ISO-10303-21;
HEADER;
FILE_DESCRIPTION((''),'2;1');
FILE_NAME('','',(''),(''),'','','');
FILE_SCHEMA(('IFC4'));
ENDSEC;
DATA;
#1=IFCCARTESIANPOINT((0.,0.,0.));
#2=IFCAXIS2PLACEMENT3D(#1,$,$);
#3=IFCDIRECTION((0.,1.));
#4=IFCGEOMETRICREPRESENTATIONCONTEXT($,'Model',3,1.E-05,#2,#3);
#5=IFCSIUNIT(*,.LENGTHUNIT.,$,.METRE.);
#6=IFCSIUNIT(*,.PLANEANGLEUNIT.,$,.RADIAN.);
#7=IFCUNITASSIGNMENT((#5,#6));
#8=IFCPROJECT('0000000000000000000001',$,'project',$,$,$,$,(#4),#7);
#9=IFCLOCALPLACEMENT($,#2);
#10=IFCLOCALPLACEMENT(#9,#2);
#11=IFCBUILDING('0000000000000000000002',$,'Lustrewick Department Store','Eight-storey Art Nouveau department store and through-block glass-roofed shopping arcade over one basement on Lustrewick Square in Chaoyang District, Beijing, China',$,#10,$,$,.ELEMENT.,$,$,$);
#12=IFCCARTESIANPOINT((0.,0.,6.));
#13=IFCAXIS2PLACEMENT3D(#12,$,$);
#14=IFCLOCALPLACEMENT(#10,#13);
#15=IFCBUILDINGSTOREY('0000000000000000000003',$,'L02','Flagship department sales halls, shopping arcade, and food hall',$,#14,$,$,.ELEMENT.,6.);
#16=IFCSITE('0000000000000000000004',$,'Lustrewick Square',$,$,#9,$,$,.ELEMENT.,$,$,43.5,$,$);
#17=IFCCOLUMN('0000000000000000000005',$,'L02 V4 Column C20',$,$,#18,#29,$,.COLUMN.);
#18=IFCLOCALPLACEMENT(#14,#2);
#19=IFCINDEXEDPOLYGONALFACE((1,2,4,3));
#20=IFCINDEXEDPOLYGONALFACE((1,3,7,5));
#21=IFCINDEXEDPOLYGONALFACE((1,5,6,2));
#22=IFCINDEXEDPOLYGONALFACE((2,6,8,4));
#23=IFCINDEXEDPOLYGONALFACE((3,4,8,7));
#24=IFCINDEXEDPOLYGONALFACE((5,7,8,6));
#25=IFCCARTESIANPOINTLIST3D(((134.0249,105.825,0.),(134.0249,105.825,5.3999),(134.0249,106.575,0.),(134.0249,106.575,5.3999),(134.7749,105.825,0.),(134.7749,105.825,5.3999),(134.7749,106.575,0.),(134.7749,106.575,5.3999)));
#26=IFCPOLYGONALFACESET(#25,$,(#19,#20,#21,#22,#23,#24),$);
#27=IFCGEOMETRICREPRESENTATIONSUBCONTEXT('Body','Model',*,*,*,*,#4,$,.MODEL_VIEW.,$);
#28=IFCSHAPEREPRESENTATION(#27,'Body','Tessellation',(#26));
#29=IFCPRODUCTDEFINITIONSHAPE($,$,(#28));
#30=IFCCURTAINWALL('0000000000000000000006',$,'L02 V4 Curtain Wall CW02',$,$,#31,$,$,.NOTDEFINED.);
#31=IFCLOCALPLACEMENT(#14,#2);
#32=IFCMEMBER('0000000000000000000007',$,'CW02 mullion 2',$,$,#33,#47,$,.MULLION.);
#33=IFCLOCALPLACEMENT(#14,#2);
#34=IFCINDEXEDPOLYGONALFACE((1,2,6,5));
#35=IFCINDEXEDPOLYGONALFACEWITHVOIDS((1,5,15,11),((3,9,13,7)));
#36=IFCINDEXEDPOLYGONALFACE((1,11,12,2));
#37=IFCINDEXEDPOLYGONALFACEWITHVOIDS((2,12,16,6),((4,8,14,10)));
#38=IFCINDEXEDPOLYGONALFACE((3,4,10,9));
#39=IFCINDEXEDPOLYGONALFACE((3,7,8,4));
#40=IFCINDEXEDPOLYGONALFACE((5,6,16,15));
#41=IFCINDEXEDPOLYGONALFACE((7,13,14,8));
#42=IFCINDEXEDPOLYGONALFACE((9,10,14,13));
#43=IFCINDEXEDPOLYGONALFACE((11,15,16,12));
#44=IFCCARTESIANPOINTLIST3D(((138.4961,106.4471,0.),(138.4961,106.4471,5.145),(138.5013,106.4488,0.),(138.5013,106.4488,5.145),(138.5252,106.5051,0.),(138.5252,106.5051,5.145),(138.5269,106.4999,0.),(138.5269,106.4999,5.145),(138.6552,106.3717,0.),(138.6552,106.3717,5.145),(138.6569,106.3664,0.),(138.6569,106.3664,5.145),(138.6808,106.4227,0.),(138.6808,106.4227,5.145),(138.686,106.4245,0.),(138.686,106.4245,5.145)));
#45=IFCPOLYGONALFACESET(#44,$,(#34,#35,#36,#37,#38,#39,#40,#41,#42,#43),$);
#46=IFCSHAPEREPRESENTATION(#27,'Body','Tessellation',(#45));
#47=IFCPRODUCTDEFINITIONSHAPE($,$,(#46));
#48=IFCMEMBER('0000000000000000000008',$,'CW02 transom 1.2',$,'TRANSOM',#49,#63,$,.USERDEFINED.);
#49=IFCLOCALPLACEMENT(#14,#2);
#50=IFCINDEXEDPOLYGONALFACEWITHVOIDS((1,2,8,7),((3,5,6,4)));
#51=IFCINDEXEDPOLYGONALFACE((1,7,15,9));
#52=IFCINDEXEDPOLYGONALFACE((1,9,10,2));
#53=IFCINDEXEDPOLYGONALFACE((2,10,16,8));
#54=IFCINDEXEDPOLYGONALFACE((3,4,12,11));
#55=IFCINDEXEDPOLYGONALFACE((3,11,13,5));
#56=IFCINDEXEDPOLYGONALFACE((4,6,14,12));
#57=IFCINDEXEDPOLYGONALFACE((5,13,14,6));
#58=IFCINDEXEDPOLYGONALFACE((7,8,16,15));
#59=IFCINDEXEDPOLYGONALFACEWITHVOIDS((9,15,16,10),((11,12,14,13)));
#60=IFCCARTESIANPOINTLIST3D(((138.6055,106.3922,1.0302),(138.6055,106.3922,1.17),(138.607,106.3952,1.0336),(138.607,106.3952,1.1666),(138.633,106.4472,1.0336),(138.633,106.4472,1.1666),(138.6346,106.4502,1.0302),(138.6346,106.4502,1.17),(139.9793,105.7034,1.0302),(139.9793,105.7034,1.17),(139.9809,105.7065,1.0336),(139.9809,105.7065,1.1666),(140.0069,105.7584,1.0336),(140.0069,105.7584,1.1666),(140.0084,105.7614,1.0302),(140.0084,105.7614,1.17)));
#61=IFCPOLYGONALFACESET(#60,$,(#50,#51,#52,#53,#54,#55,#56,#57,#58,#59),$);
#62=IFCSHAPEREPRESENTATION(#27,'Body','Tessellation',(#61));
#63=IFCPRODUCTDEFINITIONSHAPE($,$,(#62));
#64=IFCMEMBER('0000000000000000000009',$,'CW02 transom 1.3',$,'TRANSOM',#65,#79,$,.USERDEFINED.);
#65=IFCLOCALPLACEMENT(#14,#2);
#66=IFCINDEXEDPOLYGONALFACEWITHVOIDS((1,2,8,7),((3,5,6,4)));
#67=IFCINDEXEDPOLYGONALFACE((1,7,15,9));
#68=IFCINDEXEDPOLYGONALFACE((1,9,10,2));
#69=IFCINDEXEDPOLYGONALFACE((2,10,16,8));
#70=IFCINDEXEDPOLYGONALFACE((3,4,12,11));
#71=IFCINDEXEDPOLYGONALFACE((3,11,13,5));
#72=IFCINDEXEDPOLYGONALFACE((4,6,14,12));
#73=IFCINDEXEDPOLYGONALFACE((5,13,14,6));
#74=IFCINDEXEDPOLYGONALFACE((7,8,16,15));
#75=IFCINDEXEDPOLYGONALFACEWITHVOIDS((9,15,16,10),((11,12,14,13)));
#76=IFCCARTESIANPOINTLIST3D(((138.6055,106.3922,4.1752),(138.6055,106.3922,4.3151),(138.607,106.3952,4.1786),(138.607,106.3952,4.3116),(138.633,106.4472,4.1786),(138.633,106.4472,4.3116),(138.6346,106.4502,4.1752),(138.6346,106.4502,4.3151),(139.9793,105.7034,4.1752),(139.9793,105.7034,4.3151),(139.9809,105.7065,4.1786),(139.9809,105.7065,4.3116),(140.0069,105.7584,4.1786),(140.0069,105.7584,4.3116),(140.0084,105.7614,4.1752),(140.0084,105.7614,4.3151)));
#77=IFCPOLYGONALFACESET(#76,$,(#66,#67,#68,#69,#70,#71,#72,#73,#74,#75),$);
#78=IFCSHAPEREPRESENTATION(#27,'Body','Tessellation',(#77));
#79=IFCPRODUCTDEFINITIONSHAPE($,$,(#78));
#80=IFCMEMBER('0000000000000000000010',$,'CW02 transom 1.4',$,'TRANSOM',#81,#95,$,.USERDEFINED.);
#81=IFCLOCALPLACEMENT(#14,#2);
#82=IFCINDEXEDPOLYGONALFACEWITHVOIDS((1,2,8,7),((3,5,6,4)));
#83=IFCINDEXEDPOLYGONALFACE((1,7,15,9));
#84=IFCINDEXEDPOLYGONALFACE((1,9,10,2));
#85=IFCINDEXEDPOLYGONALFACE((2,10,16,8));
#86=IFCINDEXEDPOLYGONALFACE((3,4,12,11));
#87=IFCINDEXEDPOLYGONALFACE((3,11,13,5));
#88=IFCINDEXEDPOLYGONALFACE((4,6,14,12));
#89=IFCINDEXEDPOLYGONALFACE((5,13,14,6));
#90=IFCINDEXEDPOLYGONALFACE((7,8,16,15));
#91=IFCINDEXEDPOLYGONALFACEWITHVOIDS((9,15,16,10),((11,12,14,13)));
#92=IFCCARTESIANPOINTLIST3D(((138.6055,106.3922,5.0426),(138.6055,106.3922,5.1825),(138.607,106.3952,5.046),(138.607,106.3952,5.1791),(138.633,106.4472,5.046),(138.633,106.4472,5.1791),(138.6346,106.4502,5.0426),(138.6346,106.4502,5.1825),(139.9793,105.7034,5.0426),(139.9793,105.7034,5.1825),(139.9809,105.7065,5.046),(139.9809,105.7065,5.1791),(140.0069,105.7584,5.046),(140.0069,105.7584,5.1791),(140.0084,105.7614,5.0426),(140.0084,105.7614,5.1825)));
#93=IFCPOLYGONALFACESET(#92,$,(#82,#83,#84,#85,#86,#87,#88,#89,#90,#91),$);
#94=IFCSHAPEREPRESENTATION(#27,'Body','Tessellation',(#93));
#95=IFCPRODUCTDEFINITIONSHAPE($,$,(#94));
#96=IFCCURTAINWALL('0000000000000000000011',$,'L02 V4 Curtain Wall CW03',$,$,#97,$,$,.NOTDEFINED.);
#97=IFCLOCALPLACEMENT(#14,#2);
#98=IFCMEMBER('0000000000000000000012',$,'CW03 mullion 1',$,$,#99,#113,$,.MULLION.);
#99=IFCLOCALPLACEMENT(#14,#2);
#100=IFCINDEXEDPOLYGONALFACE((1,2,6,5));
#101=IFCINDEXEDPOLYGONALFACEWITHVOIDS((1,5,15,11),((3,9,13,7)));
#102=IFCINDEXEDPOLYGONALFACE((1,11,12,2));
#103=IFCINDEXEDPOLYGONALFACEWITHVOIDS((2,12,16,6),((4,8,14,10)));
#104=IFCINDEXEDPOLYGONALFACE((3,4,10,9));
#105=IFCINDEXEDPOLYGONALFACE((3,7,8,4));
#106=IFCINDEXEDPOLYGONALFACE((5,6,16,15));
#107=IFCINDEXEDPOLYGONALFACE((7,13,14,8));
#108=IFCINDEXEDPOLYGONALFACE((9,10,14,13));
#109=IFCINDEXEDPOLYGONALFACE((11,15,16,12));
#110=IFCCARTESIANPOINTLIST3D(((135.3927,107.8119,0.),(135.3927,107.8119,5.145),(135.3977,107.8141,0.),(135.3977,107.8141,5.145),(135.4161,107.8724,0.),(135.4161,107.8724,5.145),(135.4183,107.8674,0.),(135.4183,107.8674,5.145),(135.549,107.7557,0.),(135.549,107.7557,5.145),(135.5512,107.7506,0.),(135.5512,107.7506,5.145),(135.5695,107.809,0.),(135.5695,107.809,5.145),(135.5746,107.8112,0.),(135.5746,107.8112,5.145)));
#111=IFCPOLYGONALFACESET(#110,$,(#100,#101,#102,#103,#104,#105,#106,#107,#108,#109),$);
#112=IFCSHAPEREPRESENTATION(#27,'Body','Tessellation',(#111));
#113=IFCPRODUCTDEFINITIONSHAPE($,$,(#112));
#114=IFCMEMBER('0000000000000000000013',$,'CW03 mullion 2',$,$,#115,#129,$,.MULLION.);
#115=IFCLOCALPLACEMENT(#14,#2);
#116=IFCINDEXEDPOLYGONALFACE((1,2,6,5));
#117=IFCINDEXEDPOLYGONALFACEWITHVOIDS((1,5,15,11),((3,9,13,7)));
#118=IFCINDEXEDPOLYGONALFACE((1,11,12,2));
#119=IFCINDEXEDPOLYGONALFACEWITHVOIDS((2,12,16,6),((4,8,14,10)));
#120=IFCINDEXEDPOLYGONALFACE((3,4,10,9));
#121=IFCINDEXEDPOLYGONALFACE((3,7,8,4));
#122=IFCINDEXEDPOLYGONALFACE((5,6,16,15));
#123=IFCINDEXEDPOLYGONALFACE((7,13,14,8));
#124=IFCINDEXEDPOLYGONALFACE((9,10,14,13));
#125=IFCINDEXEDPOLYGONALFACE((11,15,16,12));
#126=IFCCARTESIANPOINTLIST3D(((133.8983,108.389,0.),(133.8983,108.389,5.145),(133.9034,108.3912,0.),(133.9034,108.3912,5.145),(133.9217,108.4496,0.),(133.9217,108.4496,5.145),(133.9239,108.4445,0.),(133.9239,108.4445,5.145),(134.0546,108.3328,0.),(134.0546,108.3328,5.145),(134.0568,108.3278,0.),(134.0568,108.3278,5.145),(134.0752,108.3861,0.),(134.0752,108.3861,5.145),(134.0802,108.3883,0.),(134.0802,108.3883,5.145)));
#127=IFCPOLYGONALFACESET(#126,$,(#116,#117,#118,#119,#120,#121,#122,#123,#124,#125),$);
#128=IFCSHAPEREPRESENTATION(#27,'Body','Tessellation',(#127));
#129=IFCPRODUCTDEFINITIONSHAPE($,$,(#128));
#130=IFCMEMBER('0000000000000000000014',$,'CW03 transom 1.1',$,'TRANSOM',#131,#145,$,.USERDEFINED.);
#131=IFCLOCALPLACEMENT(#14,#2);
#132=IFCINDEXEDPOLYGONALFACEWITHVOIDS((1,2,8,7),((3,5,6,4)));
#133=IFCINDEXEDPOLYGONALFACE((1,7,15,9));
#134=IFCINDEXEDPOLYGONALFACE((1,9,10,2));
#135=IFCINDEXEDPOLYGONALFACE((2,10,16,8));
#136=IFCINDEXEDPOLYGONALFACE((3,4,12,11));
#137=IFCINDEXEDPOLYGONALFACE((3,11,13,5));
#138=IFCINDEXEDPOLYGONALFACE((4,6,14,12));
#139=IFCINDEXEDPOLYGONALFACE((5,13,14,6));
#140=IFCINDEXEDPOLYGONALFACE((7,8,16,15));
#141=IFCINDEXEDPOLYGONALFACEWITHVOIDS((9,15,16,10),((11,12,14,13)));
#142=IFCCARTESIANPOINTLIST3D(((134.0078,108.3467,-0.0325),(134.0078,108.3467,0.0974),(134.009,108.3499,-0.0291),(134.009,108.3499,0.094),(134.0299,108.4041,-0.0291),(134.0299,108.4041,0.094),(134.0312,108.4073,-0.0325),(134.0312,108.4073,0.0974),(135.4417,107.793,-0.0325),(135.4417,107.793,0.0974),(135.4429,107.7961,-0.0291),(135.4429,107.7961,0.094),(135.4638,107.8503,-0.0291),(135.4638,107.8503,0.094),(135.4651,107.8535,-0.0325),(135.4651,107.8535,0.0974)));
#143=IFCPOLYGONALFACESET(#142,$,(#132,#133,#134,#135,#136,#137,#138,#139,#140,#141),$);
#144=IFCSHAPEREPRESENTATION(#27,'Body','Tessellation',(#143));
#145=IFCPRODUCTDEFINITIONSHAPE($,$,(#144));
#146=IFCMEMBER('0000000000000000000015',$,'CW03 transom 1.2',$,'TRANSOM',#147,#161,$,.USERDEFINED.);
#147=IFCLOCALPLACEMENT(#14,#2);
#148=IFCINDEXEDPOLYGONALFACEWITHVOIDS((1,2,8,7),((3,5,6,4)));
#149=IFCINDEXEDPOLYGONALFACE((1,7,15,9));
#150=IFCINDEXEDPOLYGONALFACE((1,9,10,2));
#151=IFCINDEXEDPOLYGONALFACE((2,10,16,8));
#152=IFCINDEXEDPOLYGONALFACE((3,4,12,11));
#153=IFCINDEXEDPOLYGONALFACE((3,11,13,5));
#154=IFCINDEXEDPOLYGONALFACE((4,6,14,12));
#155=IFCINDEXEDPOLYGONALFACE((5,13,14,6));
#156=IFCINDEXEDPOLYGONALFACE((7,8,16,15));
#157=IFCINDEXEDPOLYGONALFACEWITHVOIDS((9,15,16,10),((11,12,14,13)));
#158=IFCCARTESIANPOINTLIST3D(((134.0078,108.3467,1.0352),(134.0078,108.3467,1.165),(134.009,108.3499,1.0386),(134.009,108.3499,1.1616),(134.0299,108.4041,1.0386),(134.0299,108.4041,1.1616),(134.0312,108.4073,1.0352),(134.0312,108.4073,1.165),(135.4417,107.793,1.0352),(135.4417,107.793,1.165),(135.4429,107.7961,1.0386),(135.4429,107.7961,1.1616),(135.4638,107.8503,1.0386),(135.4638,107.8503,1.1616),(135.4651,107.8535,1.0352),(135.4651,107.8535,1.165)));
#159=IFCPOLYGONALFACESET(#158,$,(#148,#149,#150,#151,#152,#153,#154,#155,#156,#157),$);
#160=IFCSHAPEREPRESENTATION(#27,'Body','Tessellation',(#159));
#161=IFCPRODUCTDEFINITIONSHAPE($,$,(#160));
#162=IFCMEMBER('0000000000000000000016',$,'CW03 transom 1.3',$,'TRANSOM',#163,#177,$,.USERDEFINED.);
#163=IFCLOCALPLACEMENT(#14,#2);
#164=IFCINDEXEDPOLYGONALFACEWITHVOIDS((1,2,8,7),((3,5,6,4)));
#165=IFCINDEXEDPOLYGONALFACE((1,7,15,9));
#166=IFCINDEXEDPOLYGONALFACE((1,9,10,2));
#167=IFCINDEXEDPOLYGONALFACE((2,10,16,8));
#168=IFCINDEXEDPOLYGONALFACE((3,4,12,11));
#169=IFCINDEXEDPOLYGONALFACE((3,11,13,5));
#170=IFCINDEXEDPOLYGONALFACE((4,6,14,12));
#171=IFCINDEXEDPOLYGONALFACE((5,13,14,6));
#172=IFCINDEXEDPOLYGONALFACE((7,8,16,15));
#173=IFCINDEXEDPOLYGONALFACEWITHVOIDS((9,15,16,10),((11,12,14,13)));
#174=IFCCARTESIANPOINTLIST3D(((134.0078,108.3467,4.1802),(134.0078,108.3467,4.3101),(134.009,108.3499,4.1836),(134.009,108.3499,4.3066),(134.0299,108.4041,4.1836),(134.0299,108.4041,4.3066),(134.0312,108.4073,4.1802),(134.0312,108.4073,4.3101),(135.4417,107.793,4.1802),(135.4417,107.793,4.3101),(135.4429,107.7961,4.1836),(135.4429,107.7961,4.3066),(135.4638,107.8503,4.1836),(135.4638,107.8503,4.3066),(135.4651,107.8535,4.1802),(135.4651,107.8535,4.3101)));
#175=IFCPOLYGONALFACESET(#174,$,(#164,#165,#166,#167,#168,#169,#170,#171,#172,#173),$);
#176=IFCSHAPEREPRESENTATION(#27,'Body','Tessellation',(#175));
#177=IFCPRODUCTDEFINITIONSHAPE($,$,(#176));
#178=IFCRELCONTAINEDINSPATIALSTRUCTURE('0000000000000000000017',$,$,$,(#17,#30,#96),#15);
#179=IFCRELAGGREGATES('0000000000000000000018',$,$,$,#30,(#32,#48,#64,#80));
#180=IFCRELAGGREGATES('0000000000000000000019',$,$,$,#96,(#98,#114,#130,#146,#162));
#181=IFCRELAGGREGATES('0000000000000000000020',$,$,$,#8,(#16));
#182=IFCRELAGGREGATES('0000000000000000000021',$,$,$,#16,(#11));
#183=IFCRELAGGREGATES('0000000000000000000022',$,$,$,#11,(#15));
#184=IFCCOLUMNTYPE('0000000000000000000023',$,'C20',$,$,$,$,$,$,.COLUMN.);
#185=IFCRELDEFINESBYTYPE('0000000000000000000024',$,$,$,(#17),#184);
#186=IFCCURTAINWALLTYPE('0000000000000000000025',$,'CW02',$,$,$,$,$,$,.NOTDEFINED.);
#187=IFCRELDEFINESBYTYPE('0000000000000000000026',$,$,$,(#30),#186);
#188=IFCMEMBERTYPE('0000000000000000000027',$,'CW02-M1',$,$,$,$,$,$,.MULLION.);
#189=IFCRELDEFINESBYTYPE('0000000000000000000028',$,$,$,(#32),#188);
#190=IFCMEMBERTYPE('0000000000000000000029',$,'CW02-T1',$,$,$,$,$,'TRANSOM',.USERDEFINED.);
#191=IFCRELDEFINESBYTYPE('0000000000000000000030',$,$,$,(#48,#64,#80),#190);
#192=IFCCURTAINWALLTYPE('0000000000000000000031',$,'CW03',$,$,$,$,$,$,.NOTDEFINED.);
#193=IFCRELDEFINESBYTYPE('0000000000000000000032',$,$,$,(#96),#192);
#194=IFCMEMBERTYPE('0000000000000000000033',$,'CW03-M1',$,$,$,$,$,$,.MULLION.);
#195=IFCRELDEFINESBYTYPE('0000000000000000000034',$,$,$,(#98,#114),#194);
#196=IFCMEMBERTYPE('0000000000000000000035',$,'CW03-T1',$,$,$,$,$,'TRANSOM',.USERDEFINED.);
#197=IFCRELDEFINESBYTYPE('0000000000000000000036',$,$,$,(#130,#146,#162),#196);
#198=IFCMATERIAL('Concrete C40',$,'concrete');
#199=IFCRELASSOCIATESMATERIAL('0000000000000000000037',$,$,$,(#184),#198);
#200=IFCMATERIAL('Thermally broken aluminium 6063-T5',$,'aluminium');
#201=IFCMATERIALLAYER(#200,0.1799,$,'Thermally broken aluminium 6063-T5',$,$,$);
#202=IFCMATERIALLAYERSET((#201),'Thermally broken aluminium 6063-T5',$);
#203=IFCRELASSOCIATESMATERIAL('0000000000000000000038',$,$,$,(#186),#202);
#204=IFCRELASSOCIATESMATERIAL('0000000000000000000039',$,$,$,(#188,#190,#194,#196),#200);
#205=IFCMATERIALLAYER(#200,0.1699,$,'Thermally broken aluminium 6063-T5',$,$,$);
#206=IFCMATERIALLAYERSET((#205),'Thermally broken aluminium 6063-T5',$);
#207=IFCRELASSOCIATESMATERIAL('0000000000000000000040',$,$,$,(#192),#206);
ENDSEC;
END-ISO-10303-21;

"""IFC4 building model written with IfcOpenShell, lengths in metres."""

from ifc_helpers import new_model, si_unit, direction, frame, origin, origin_2d, place, context, subcontext, project, spatial, rectangle, hollow_rectangle, extrude, material, layer, layer_set, material_profile, profile_set, type_object, element, aggregate, save


model = new_model("IFC4")

# Units and contexts
model_context = context("Model", 3, precision=1e-05, world=origin(), true_north=direction((0.0, 1.0)))
body_context = subcontext(model_context, "Body", "Model", "MODEL_VIEW")
ifc_project = project(units=[si_unit("LENGTHUNIT", "METRE"), si_unit("PLANEANGLEUNIT", "RADIAN")], contexts=[model_context])

# Site, building, storey
site_placement = place(None, origin())
site = spatial("IfcSite", under=ifc_project, at=site_placement, Name="Lustrewick Square", CompositionType="ELEMENT", RefElevation=43.5)
building_placement = place(site_placement, origin())
building = spatial("IfcBuilding", under=site, at=building_placement, Name="Lustrewick Department Store", Description="Eight-storey Art Nouveau department store and through-block glass-roofed shopping arcade over one basement on Lustrewick Square in Chaoyang District, Beijing, China", CompositionType="ELEMENT")
storey_placement = place(building_placement, frame((0.0, 0.0, 6.0)))
storey = spatial("IfcBuildingStorey", under=building, at=storey_placement, Name="L02", Description="Flagship department sales halls, shopping arcade, and food hall", CompositionType="ELEMENT", Elevation=6.0)

# Column
ifc_material_1 = material(Name="Concrete C40", Category="concrete")
ifc_material_profile_1 = material_profile(ifc_material_1, rectangle(XDim=0.75, YDim=0.75, at=origin_2d()), Name="RC 750x750")
ifc_profile_set_1 = profile_set([ifc_material_profile_1], Name="Concrete C40")
column_type = type_object("IfcColumnType", Name="C20", PredefinedType="COLUMN", material=ifc_profile_set_1)
column_placement = place(storey_placement, frame((134.3999, 106.2, 0.0), z_axis=(0.0, 0.0, 1.0), x_axis=(1.0, 0.0, 0.0)))
element("IfcColumn", 1, at=column_placement, inside=storey, type_object=column_type, Name="L02 V4 Column C20", PredefinedType="COLUMN", context=body_context, shape_type="SweptSolid", body=[
    extrude(rectangle(XDim=0.75, YDim=0.75, at=origin_2d()), origin(), (0.0, 0.0, 1.0), 5.3999),
])

# Curtain walls, members
ifc_material_2 = material(Name="Thermally broken aluminium 6063-T5", Category="aluminium")
ifc_layer_1 = layer(ifc_material_2, 0.1799, Name="Thermally broken aluminium 6063-T5")
ifc_layer_set_1 = layer_set([ifc_layer_1], Name="Thermally broken aluminium 6063-T5")
curtain_wall_type_1 = type_object("IfcCurtainWallType", Name="CW02", PredefinedType="NOTDEFINED", material=ifc_layer_set_1)
curtain_wall_1_placement = place(storey_placement, origin())
curtain_wall_1 = element("IfcCurtainWall", 2, at=curtain_wall_1_placement, inside=storey, type_object=curtain_wall_type_1, Name="L02 V4 Curtain Wall CW02", PredefinedType="NOTDEFINED")
ifc_material_profile_2 = material_profile(ifc_material_2, hollow_rectangle(XDim=0.0649, YDim=0.1799, WallThickness=0.0039, at=origin_2d()), Name="ALU-M 65x180x4")
ifc_profile_set_2 = profile_set([ifc_material_profile_2], Name="Thermally broken aluminium 6063-T5")
member_type_1 = type_object("IfcMemberType", Name="CW02-M1", PredefinedType="MULLION", material=ifc_profile_set_2)
member_1_placement = place(storey_placement, frame((138.5911, 106.4358, 0.0), z_axis=(0.0, 0.0, 1.0), x_axis=(-0.448269, -0.893899, 0.0)))
member_1 = element("IfcMember", 3, at=member_1_placement, type_object=member_type_1, Name="CW02 mullion 2", PredefinedType="MULLION", context=body_context, shape_type="SweptSolid", body=[
    extrude(hollow_rectangle(XDim=0.0649, YDim=0.1799, WallThickness=0.0039, at=origin_2d()), origin(), (0.0, 0.0, 1.0), 5.145),
])
ifc_material_profile_3 = material_profile(ifc_material_2, hollow_rectangle(XDim=0.0649, YDim=0.1399, WallThickness=0.0034, at=origin_2d()), Name="ALU-T 65x140x3.5")
ifc_profile_set_3 = profile_set([ifc_material_profile_3], Name="Thermally broken aluminium 6063-T5")
member_type_2 = type_object("IfcMemberType", Name="CW02-T1", ElementType="TRANSOM", PredefinedType="USERDEFINED", material=ifc_profile_set_3)
member_2_placement = place(storey_placement, frame((139.9939, 105.7324, 1.1001), z_axis=(-0.89395, 0.448167, 0.0), x_axis=(-0.448167, -0.89395, 0.0)))
member_2 = element("IfcMember", 4, at=member_2_placement, type_object=member_type_2, Name="CW02 transom 1.2", ObjectType="TRANSOM", PredefinedType="USERDEFINED", context=body_context, shape_type="SweptSolid", body=[
    extrude(hollow_rectangle(XDim=0.0649, YDim=0.1399, WallThickness=0.0034, at=origin_2d()), origin(), (0.0, 0.0, 1.0), 1.5369),
])
member_3_placement = place(storey_placement, frame((139.9939, 105.7324, 4.2451), z_axis=(-0.89395, 0.448167, 0.0), x_axis=(-0.448167, -0.89395, 0.0)))
member_3 = element("IfcMember", 5, at=member_3_placement, type_object=member_type_2, Name="CW02 transom 1.3", ObjectType="TRANSOM", PredefinedType="USERDEFINED", context=body_context, shape_type="SweptSolid", body=[
    extrude(hollow_rectangle(XDim=0.0649, YDim=0.1399, WallThickness=0.0034, at=origin_2d()), origin(), (0.0, 0.0, 1.0), 1.5369),
])
member_4_placement = place(storey_placement, frame((139.9939, 105.7324, 5.1125), z_axis=(-0.89395, 0.448167, 0.0), x_axis=(-0.448167, -0.89395, 0.0)))
member_4 = element("IfcMember", 6, at=member_4_placement, type_object=member_type_2, Name="CW02 transom 1.4", ObjectType="TRANSOM", PredefinedType="USERDEFINED", context=body_context, shape_type="SweptSolid", body=[
    extrude(hollow_rectangle(XDim=0.0649, YDim=0.1399, WallThickness=0.0034, at=origin_2d()), origin(), (0.0, 0.0, 1.0), 1.5369),
])
ifc_layer_2 = layer(ifc_material_2, 0.1699, Name="Thermally broken aluminium 6063-T5")
ifc_layer_set_2 = layer_set([ifc_layer_2], Name="Thermally broken aluminium 6063-T5")
curtain_wall_type_2 = type_object("IfcCurtainWallType", Name="CW03", PredefinedType="NOTDEFINED", material=ifc_layer_set_2)
curtain_wall_2_placement = place(storey_placement, origin())
curtain_wall_2 = element("IfcCurtainWall", 7, at=curtain_wall_2_placement, inside=storey, type_object=curtain_wall_type_2, Name="L02 V4 Curtain Wall CW03", PredefinedType="NOTDEFINED")
ifc_material_profile_4 = material_profile(ifc_material_2, hollow_rectangle(XDim=0.0649, YDim=0.1699, WallThickness=0.0039, at=origin_2d()), Name="ALU-M 65x170x4")
ifc_profile_set_4 = profile_set([ifc_material_profile_4], Name="Thermally broken aluminium 6063-T5")
member_type_3 = type_object("IfcMemberType", Name="CW03-M1", PredefinedType="MULLION", material=ifc_profile_set_4)
member_5_placement = place(storey_placement, frame((135.4836, 107.8115, 0.0), z_axis=(0.0, 0.0, 1.0), x_axis=(-0.36037, -0.93281, 0.0)))
member_5 = element("IfcMember", 8, at=member_5_placement, type_object=member_type_3, Name="CW03 mullion 1", PredefinedType="MULLION", context=body_context, shape_type="SweptSolid", body=[
    extrude(hollow_rectangle(XDim=0.0649, YDim=0.1699, WallThickness=0.0039, at=origin_2d()), origin(), (0.0, 0.0, 1.0), 5.145),
])
member_6_placement = place(storey_placement, frame((133.9893, 108.3887, 0.0), z_axis=(0.0, 0.0, 1.0), x_axis=(-0.36037, -0.93281, 0.0)))
member_6 = element("IfcMember", 9, at=member_6_placement, type_object=member_type_3, Name="CW03 mullion 2", PredefinedType="MULLION", context=body_context, shape_type="SweptSolid", body=[
    extrude(hollow_rectangle(XDim=0.0649, YDim=0.1699, WallThickness=0.0039, at=origin_2d()), origin(), (0.0, 0.0, 1.0), 5.145),
])
ifc_material_profile_5 = material_profile(ifc_material_2, hollow_rectangle(XDim=0.0649, YDim=0.1299, WallThickness=0.0034, at=origin_2d()), Name="ALU-T 65x130x3.5")
ifc_profile_set_5 = profile_set([ifc_material_profile_5], Name="Thermally broken aluminium 6063-T5")
member_type_4 = type_object("IfcMemberType", Name="CW03-T1", ElementType="TRANSOM", PredefinedType="USERDEFINED", material=ifc_profile_set_5)
member_7_placement = place(storey_placement, frame((135.4534, 107.8232, 0.0325), z_axis=(-0.932858, 0.360245, 0.0), x_axis=(-0.360245, -0.932858, 0.0)))
member_7 = element("IfcMember", 10, at=member_7_placement, type_object=member_type_4, Name="CW03 transom 1.1", ObjectType="TRANSOM", PredefinedType="USERDEFINED", context=body_context, shape_type="SweptSolid", body=[
    extrude(hollow_rectangle(XDim=0.0649, YDim=0.1299, WallThickness=0.0034, at=origin_2d()), origin(), (0.0, 0.0, 1.0), 1.5371),
])
member_8_placement = place(storey_placement, frame((135.4534, 107.8232, 1.1001), z_axis=(-0.932858, 0.360245, 0.0), x_axis=(-0.360245, -0.932858, 0.0)))
member_8 = element("IfcMember", 11, at=member_8_placement, type_object=member_type_4, Name="CW03 transom 1.2", ObjectType="TRANSOM", PredefinedType="USERDEFINED", context=body_context, shape_type="SweptSolid", body=[
    extrude(hollow_rectangle(XDim=0.0649, YDim=0.1299, WallThickness=0.0034, at=origin_2d()), origin(), (0.0, 0.0, 1.0), 1.5371),
])
member_9_placement = place(storey_placement, frame((135.4534, 107.8232, 4.2451), z_axis=(-0.932858, 0.360245, 0.0), x_axis=(-0.360245, -0.932858, 0.0)))
member_9 = element("IfcMember", 12, at=member_9_placement, type_object=member_type_4, Name="CW03 transom 1.3", ObjectType="TRANSOM", PredefinedType="USERDEFINED", context=body_context, shape_type="SweptSolid", body=[
    extrude(hollow_rectangle(XDim=0.0649, YDim=0.1299, WallThickness=0.0034, at=origin_2d()), origin(), (0.0, 0.0, 1.0), 1.5371),
])

aggregate(curtain_wall_1, [member_1, member_2, member_3, member_4])
aggregate(curtain_wall_2, [member_5, member_6, member_7, member_8, member_9])

save(model, "model.ifc")
